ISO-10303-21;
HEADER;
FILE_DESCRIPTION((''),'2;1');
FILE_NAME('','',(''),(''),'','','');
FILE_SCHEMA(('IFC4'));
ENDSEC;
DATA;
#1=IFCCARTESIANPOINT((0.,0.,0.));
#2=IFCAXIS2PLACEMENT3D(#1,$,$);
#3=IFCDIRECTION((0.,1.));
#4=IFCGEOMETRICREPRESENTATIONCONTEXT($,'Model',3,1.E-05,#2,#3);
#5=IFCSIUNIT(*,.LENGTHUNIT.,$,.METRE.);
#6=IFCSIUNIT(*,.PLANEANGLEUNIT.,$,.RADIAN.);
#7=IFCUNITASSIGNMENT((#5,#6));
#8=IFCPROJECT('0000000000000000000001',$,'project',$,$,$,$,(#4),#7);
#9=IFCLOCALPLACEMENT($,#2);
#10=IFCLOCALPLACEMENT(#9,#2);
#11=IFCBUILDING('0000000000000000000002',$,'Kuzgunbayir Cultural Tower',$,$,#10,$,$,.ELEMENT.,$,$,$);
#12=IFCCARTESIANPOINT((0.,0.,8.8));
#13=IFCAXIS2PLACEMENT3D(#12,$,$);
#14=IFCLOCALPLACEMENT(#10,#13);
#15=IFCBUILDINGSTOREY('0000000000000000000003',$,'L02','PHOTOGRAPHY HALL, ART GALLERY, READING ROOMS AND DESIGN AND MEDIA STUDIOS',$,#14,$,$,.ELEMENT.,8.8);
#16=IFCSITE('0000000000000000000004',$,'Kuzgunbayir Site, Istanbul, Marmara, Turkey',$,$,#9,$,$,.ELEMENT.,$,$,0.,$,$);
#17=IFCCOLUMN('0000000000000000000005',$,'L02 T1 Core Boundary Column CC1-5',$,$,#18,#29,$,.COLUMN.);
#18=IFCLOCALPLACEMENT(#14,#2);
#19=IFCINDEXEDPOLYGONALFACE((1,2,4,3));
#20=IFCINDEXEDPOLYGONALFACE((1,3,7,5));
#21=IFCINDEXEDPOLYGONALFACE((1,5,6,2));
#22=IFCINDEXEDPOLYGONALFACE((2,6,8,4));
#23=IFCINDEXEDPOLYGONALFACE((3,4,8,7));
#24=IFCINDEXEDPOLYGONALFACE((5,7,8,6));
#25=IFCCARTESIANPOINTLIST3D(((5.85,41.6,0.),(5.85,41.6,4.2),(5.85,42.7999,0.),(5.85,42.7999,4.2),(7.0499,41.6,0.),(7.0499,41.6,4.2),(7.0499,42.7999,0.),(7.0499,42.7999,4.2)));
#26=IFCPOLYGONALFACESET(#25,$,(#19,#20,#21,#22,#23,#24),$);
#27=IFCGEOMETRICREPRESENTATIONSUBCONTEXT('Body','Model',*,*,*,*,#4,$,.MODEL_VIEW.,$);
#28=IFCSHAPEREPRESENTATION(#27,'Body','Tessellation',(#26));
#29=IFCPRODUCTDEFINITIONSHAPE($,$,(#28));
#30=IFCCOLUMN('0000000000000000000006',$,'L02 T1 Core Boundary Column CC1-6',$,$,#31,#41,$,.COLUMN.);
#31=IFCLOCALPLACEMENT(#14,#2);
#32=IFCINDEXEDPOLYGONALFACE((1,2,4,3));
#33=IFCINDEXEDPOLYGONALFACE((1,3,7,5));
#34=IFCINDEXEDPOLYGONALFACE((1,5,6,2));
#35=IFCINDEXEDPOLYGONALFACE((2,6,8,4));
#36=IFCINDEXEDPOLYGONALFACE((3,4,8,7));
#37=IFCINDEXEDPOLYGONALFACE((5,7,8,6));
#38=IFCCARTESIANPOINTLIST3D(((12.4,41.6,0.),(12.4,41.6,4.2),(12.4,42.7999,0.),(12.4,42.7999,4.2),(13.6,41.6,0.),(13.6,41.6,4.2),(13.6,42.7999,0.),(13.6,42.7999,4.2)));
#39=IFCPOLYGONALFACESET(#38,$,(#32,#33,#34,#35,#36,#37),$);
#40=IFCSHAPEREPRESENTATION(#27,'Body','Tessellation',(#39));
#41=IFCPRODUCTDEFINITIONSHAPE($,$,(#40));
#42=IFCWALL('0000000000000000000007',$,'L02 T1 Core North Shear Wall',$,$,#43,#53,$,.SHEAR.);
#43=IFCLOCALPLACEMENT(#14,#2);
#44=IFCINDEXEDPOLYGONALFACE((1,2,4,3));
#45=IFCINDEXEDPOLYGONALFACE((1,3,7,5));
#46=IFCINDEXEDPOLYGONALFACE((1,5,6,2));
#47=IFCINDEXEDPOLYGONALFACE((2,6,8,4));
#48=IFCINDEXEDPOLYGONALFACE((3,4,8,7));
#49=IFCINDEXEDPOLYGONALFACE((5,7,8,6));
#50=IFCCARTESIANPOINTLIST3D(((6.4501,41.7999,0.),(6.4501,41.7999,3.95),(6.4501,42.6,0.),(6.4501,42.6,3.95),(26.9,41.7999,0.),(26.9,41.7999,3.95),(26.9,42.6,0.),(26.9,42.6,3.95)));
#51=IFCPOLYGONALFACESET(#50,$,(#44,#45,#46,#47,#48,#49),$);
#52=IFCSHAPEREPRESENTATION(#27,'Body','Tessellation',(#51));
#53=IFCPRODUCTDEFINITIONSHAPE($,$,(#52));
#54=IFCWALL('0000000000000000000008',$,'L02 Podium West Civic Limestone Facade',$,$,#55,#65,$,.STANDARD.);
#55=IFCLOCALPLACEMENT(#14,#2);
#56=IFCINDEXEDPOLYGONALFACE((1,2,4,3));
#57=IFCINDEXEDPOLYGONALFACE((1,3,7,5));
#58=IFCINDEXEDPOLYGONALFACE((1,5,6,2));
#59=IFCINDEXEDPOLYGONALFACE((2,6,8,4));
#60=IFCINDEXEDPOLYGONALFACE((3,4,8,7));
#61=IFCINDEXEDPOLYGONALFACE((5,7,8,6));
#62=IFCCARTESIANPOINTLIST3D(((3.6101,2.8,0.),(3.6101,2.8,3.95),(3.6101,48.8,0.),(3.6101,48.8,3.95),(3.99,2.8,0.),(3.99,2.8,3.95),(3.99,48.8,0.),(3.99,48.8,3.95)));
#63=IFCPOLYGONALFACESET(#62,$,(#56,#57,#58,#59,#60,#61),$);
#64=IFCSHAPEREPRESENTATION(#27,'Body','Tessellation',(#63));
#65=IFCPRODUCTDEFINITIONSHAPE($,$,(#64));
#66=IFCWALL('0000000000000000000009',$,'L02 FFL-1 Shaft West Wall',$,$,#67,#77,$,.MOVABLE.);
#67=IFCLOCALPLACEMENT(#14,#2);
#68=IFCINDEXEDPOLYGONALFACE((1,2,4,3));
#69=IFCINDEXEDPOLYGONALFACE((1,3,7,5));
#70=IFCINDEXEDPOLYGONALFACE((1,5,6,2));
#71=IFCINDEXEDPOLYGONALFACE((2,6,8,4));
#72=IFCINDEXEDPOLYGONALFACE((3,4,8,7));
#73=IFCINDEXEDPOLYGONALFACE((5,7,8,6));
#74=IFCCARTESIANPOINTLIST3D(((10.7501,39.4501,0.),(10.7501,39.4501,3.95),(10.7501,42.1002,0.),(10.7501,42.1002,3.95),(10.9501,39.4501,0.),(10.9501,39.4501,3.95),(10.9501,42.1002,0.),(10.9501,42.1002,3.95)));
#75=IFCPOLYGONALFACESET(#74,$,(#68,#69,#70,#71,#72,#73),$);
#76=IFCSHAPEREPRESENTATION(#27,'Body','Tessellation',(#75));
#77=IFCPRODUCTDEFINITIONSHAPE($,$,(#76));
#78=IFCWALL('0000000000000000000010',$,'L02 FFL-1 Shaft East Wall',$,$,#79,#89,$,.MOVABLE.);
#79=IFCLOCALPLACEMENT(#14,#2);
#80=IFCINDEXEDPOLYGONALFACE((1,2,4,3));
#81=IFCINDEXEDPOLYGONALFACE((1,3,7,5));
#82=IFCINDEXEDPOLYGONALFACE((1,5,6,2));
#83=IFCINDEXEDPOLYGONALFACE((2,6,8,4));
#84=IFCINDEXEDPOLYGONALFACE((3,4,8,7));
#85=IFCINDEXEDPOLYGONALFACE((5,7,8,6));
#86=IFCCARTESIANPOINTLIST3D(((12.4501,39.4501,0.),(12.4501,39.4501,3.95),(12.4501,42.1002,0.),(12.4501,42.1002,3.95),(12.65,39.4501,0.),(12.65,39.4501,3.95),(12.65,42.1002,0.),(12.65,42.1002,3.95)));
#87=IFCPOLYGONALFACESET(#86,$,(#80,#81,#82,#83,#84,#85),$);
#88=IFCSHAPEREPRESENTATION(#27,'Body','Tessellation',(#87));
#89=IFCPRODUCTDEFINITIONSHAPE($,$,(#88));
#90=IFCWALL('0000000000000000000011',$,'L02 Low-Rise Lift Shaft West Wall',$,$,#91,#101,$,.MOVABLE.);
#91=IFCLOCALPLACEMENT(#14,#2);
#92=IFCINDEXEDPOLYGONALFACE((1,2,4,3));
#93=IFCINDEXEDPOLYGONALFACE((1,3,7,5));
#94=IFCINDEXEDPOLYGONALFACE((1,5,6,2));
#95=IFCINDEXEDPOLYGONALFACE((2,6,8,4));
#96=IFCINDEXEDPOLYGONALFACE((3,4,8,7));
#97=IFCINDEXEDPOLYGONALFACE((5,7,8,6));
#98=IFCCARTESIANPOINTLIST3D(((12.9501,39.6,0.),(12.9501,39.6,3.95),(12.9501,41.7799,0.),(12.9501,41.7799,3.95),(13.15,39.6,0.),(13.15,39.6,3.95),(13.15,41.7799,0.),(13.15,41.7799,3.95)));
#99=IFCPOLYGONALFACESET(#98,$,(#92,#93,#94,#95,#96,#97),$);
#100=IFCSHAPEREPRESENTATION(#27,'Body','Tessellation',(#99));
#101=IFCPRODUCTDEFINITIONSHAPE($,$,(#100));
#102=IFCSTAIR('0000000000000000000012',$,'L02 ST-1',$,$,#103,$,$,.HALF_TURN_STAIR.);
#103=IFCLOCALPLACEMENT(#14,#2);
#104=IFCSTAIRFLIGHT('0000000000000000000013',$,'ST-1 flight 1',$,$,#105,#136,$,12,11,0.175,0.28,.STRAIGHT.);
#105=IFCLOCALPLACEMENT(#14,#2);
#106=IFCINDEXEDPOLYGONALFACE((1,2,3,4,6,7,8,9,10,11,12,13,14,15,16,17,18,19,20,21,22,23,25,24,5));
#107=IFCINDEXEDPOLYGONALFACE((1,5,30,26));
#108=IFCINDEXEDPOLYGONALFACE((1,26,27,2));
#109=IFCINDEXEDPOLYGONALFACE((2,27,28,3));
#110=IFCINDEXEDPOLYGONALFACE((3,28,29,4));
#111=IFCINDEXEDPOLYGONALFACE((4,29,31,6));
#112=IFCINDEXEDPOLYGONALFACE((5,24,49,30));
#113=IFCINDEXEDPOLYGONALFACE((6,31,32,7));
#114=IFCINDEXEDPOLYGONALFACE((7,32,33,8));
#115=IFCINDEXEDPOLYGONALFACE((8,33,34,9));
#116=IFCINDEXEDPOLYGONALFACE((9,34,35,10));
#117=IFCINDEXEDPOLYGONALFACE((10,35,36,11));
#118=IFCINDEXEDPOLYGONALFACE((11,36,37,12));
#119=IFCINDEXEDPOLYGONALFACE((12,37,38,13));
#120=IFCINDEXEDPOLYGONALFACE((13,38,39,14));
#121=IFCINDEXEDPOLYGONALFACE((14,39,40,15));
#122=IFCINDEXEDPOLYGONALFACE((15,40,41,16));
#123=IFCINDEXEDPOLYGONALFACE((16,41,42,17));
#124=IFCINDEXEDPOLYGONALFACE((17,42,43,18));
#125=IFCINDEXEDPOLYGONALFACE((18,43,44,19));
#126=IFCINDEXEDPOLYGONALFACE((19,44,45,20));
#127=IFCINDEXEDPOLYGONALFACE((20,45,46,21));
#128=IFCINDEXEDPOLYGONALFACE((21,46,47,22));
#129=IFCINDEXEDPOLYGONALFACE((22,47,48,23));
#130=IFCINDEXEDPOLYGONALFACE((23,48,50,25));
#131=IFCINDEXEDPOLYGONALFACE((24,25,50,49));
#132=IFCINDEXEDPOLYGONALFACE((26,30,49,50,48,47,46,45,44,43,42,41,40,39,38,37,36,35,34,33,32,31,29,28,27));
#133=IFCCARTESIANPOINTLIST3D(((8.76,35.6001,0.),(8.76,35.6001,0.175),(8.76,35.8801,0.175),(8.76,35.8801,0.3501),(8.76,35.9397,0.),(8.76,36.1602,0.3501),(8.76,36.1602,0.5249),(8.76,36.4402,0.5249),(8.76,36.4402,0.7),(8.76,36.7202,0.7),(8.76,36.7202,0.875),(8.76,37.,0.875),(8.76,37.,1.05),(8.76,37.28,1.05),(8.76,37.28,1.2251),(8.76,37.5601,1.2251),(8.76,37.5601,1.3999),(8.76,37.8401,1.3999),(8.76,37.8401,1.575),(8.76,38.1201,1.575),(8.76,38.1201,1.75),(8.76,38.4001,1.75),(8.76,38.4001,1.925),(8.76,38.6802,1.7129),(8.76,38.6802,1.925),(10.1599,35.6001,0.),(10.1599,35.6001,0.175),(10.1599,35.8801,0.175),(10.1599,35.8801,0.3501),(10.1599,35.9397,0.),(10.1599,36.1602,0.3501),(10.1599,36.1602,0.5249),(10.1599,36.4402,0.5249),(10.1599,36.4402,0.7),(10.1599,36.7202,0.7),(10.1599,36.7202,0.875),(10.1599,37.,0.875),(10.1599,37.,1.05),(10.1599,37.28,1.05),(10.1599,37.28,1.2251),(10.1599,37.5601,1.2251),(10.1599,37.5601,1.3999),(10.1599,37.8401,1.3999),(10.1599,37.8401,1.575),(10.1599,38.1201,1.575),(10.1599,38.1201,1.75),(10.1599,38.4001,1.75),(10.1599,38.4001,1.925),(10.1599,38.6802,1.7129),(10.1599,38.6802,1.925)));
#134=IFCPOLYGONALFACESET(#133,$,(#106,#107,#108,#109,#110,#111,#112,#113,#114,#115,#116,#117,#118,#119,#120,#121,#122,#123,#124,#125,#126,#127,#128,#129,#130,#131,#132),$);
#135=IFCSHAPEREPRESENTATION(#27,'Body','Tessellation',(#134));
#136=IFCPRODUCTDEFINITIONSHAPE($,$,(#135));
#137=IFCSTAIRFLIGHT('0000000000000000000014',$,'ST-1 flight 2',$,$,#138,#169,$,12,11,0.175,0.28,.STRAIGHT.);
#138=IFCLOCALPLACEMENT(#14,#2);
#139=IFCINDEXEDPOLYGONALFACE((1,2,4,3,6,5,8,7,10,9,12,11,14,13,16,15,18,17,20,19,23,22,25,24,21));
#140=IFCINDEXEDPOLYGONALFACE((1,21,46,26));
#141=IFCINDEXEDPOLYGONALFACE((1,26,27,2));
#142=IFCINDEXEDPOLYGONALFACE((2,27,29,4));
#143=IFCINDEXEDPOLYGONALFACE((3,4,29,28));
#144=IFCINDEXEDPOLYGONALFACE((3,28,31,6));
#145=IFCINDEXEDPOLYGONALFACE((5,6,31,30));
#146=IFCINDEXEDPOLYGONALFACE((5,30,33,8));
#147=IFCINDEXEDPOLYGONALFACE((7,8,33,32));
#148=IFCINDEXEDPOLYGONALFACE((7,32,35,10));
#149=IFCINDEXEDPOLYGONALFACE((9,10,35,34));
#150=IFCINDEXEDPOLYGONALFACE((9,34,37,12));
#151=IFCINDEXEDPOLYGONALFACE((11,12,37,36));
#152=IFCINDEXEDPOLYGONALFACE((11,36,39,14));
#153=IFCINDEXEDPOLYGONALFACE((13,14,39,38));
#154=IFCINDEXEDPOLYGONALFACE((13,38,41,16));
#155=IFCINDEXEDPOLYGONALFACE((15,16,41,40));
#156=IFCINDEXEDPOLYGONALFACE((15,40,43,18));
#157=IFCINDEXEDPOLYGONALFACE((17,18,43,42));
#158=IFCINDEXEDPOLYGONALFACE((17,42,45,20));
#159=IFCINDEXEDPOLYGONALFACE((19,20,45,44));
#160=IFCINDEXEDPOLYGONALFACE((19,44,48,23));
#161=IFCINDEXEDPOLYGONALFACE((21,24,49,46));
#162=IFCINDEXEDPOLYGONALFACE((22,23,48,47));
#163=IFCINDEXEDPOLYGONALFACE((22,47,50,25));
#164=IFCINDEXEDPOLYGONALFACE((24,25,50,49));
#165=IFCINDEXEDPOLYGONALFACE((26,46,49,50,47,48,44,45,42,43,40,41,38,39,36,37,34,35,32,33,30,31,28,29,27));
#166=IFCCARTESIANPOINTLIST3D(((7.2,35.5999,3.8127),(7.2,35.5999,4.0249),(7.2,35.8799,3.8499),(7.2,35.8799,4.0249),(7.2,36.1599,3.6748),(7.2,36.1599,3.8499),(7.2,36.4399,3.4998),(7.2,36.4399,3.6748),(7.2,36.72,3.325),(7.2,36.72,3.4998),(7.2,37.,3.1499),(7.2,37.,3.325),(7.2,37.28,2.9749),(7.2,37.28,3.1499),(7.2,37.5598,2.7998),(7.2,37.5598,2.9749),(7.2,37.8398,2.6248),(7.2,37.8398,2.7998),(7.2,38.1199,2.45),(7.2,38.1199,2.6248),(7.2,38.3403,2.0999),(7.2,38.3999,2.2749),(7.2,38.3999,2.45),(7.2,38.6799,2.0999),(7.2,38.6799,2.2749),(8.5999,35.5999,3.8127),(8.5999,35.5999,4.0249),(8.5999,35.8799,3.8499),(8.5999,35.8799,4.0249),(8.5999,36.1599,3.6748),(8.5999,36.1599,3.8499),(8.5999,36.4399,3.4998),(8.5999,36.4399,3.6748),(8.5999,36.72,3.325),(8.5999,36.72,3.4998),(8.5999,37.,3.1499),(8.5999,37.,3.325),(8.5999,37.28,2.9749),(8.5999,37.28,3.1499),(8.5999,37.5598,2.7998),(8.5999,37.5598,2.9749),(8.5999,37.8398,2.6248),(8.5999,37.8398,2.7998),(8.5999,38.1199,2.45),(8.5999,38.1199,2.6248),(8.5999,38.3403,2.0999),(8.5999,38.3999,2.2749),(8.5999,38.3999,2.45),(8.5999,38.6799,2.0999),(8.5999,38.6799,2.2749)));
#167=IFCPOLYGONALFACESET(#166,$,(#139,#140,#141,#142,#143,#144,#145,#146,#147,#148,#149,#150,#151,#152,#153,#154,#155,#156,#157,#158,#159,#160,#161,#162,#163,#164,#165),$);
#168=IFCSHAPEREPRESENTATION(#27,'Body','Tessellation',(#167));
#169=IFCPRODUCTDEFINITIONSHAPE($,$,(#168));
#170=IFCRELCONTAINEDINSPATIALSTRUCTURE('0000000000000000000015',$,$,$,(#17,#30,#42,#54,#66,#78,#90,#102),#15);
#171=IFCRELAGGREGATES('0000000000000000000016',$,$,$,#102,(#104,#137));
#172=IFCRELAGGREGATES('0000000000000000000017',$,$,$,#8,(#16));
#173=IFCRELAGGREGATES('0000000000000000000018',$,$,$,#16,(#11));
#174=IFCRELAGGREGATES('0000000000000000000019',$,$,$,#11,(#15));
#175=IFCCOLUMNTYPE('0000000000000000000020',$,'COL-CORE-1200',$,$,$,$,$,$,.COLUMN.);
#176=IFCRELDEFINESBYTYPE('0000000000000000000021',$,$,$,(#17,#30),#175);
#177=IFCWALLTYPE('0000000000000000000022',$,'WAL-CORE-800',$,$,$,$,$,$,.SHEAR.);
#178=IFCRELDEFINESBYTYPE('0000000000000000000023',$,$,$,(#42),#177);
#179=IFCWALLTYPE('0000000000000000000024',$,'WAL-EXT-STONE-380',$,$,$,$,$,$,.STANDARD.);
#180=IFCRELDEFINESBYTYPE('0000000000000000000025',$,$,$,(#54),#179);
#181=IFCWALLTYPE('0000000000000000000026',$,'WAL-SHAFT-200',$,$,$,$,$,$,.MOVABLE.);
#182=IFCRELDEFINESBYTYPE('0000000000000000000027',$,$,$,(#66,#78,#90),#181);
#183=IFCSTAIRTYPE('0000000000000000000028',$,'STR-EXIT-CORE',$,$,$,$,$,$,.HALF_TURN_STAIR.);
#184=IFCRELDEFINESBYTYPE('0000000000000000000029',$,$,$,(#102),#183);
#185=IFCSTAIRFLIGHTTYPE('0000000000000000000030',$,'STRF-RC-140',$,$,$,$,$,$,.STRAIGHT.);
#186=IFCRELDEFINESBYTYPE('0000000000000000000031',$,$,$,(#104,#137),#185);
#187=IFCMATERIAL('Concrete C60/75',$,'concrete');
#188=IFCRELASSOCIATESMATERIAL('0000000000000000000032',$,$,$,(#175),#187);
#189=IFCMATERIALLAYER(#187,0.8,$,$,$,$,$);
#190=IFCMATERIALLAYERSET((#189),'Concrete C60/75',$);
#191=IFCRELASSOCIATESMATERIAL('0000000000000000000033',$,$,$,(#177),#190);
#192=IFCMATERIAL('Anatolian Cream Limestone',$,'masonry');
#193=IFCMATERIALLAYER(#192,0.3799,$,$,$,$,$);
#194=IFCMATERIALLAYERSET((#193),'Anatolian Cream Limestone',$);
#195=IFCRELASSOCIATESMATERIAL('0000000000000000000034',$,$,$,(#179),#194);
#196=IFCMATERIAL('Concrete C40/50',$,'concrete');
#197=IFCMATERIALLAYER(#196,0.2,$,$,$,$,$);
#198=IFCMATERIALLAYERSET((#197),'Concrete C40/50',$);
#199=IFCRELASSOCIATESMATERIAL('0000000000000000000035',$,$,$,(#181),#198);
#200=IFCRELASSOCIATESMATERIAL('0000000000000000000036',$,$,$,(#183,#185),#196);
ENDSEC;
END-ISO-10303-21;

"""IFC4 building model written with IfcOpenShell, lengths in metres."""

from ifc_helpers import new_model, si_unit, direction, frame, frame_2d, origin, origin_2d, place, context, subcontext, project, spatial, polyline, rectangle, outline, extrude, material, layer, layer_set, material_profile, profile_set, type_object, element, aggregate, save


model = new_model("IFC4")

# Units and contexts
model_context = context("Model", 3, precision=1e-05, world=origin(), true_north=direction((0.0, 1.0)))
body_context = subcontext(model_context, "Body", "Model", "MODEL_VIEW")
ifc_project = project(units=[si_unit("LENGTHUNIT", "METRE"), si_unit("PLANEANGLEUNIT", "RADIAN")], contexts=[model_context])

# Site, building, storey
site_placement = place(None, origin())
site = spatial("IfcSite", under=ifc_project, at=site_placement, Name="Kuzgunbayir Site, Istanbul, Marmara, Turkey", CompositionType="ELEMENT", RefElevation=0.0)
building_placement = place(site_placement, origin())
building = spatial("IfcBuilding", under=site, at=building_placement, Name="Kuzgunbayir Cultural Tower", CompositionType="ELEMENT")
storey_placement = place(building_placement, frame((0.0, 0.0, 8.8)))
storey = spatial("IfcBuildingStorey", under=building, at=storey_placement, Name="L02", Description="PHOTOGRAPHY HALL, ART GALLERY, READING ROOMS AND DESIGN AND MEDIA STUDIOS", CompositionType="ELEMENT", Elevation=8.8)

# Columns
ifc_material_1 = material(Name="Concrete C60/75", Category="concrete")
ifc_material_profile = material_profile(ifc_material_1, rectangle(XDim=1.2, YDim=1.2, at=origin_2d()), Name="RC 1200x1200")
ifc_profile_set = profile_set([ifc_material_profile], Name="Concrete C60/75")
column_type = type_object("IfcColumnType", Name="COL-CORE-1200", PredefinedType="COLUMN", material=ifc_profile_set)
for number, where, z_axis, x_axis, name in (
    (1, (6.45, 42.2, 0.0), (0.0, 0.0, 1.0), (1.0, 0.0, 0.0), "L02 T1 Core Boundary Column CC1-5"),
    (2, (13.0, 42.2, 0.0), (0.0, 0.0, 1.0), (1.0, 0.0, 0.0), "L02 T1 Core Boundary Column CC1-6"),
):
    element("IfcColumn", number, at=place(storey_placement, frame(where, z_axis=z_axis, x_axis=x_axis)), inside=storey, type_object=column_type, Name=name, PredefinedType="COLUMN", context=body_context, shape_type="SweptSolid", body=[
        extrude(rectangle(XDim=1.2, YDim=1.2, at=origin_2d()), origin(), (0.0, 0.0, 1.0), 4.2),
    ])

# Walls
ifc_layer_1 = layer(ifc_material_1, 0.8)
ifc_layer_set_1 = layer_set([ifc_layer_1], Name="Concrete C60/75")
wall_type_1 = type_object("IfcWallType", Name="WAL-CORE-800", PredefinedType="SHEAR", material=ifc_layer_set_1)
wall_1_placement = place(storey_placement, frame((6.45, 42.2, 0.0), z_axis=(0.0, 0.0, 1.0), x_axis=(1.0, 0.0, 0.0)))
element("IfcWall", 3, at=wall_1_placement, inside=storey, type_object=wall_type_1, Name="L02 T1 Core North Shear Wall", PredefinedType="SHEAR", context=body_context, shape_type="SweptSolid", body=[
    extrude(rectangle(XDim=20.45, YDim=0.8, at=frame_2d((10.2251, 0.0))), origin(), (0.0, 0.0, 1.0), 3.95),
])
ifc_material_2 = material(Name="Anatolian Cream Limestone", Category="masonry")
ifc_layer_2 = layer(ifc_material_2, 0.3799)
ifc_layer_set_2 = layer_set([ifc_layer_2], Name="Anatolian Cream Limestone")
wall_type_2 = type_object("IfcWallType", Name="WAL-EXT-STONE-380", PredefinedType="STANDARD", material=ifc_layer_set_2)
wall_2_placement = place(storey_placement, frame((3.8, 48.8, 0.0), z_axis=(0.0, 0.0, 1.0), x_axis=(0.0, -1.0, 0.0)))
element("IfcWall", 4, at=wall_2_placement, inside=storey, type_object=wall_type_2, Name="L02 Podium West Civic Limestone Facade", PredefinedType="STANDARD", context=body_context, shape_type="SweptSolid", body=[
    extrude(rectangle(XDim=46.0, YDim=0.3799, at=frame_2d((23.0, 0.0))), origin(), (0.0, 0.0, 1.0), 3.95),
])

# Shared definitions
ifc_material_3 = material(Name="Concrete C40/50", Category="concrete")
ifc_layer_3 = layer(ifc_material_3, 0.2)
ifc_layer_set_3 = layer_set([ifc_layer_3], Name="Concrete C40/50")
wall_type_3 = type_object("IfcWallType", Name="WAL-SHAFT-200", PredefinedType="MOVABLE", material=ifc_layer_set_3)

# Walls
for number, where, z_axis, x_axis, name in (
    (5, (10.8501, 39.45, 0.0), (0.0, 0.0, 1.0), (0.0, 1.0, 0.0), "L02 FFL-1 Shaft West Wall"),
    (6, (12.55, 39.45, 0.0), (0.0, 0.0, 1.0), (0.0, 1.0, 0.0), "L02 FFL-1 Shaft East Wall"),
):
    element("IfcWall", number, at=place(storey_placement, frame(where, z_axis=z_axis, x_axis=x_axis)), inside=storey, type_object=wall_type_3, Name=name, PredefinedType="MOVABLE", context=body_context, shape_type="SweptSolid", body=[
        extrude(rectangle(XDim=2.6501, YDim=0.2, at=frame_2d((1.3252, 0.0))), origin(), (0.0, 0.0, 1.0), 3.95),
    ])

# Wall
wall_3_placement = place(storey_placement, frame((13.05, 39.6001, 0.0), z_axis=(0.0, 0.0, 1.0), x_axis=(0.0, 1.0, 0.0)))
element("IfcWall", 7, at=wall_3_placement, inside=storey, type_object=wall_type_3, Name="L02 Low-Rise Lift Shaft West Wall", PredefinedType="MOVABLE", context=body_context, shape_type="SweptSolid", body=[
    extrude(rectangle(XDim=2.1799, YDim=0.2, at=frame_2d((1.0898, 0.0))), origin(), (0.0, 0.0, 1.0), 3.95),
])

# Stair, stair flights
stair_type = type_object("IfcStairType", Name="STR-EXIT-CORE", PredefinedType="HALF_TURN_STAIR", material=ifc_material_3)
stair_placement = place(storey_placement, origin())
stair = element("IfcStair", 8, at=stair_placement, inside=storey, type_object=stair_type, Name="L02 ST-1", PredefinedType="HALF_TURN_STAIR")
stair_flight_type = type_object("IfcStairFlightType", Name="STRF-RC-140", PredefinedType="STRAIGHT", material=ifc_material_3)
stair_flight_1_placement = place(storey_placement, frame((9.46, 35.6001, 0.0), z_axis=(0.0, 0.0, 1.0), x_axis=(0.0, 1.0, 0.0)))
stair_flight_1 = element("IfcStairFlight", 9, at=stair_flight_1_placement, type_object=stair_flight_type, Name="ST-1 flight 1", NumberOfRisers=12, NumberOfTreads=11, PredefinedType="STRAIGHT", RiserHeight=0.175, TreadLength=0.28, context=body_context, shape_type="SweptSolid", body=[
    extrude(outline(polyline([(0.0, 0.0), (0.0, 0.175), (0.28, 0.175), (0.28, 0.3501), (0.5601, 0.3501), (0.5601, 0.5249), (0.8401, 0.5249), (0.8401, 0.7), (1.1201, 0.7), (1.1201, 0.875), (1.3999, 0.875), (1.3999, 1.05), (1.6799, 1.05), (1.6799, 1.2251), (1.96, 1.2251), (1.96, 1.3999), (2.24, 1.3999), (2.24, 1.575), (2.52, 1.575), (2.52, 1.75), (2.8, 1.75), (2.8, 1.925), (3.0801, 1.925), (3.0801, 2.1001), (3.0801, 1.7129), (0.3396, 0.0), (0.0, 0.0)])), frame((0.0, 0.7, 0.0), z_axis=(0.0, -1.0, 0.0), x_axis=(1.0, 0.0, 0.0)), (0.0, 0.0, 1.0), 1.3999),
])
stair_flight_2_placement = place(storey_placement, frame((7.8999, 38.6799, 2.0999), z_axis=(0.0, 0.0, 1.0), x_axis=(0.0, -1.0, 0.0)))
stair_flight_2 = element("IfcStairFlight", 10, at=stair_flight_2_placement, type_object=stair_flight_type, Name="ST-1 flight 2", NumberOfRisers=12, NumberOfTreads=11, PredefinedType="STRAIGHT", RiserHeight=0.175, TreadLength=0.28, context=body_context, shape_type="SweptSolid", body=[
    extrude(outline(polyline([(0.0, 0.0), (0.0, 0.175), (0.28, 0.175), (0.28, 0.3501), (0.5601, 0.3501), (0.5601, 0.5249), (0.8401, 0.5249), (0.8401, 0.7), (1.1201, 0.7), (1.1201, 0.875), (1.3999, 0.875), (1.3999, 1.05), (1.6799, 1.05), (1.6799, 1.2251), (1.96, 1.2251), (1.96, 1.3999), (2.24, 1.3999), (2.24, 1.575), (2.52, 1.575), (2.52, 1.75), (2.8, 1.75), (2.8, 1.925), (3.0801, 1.925), (3.0801, 2.1001), (3.0801, 1.7129), (0.3396, 0.0), (0.0, 0.0)])), frame((0.0, 0.7, 0.0), z_axis=(0.0, -1.0, 0.0), x_axis=(1.0, 0.0, 0.0)), (0.0, 0.0, 1.0), 1.3999),
])
aggregate(stair, [stair_flight_1, stair_flight_2])

save(model, "model.ifc")
